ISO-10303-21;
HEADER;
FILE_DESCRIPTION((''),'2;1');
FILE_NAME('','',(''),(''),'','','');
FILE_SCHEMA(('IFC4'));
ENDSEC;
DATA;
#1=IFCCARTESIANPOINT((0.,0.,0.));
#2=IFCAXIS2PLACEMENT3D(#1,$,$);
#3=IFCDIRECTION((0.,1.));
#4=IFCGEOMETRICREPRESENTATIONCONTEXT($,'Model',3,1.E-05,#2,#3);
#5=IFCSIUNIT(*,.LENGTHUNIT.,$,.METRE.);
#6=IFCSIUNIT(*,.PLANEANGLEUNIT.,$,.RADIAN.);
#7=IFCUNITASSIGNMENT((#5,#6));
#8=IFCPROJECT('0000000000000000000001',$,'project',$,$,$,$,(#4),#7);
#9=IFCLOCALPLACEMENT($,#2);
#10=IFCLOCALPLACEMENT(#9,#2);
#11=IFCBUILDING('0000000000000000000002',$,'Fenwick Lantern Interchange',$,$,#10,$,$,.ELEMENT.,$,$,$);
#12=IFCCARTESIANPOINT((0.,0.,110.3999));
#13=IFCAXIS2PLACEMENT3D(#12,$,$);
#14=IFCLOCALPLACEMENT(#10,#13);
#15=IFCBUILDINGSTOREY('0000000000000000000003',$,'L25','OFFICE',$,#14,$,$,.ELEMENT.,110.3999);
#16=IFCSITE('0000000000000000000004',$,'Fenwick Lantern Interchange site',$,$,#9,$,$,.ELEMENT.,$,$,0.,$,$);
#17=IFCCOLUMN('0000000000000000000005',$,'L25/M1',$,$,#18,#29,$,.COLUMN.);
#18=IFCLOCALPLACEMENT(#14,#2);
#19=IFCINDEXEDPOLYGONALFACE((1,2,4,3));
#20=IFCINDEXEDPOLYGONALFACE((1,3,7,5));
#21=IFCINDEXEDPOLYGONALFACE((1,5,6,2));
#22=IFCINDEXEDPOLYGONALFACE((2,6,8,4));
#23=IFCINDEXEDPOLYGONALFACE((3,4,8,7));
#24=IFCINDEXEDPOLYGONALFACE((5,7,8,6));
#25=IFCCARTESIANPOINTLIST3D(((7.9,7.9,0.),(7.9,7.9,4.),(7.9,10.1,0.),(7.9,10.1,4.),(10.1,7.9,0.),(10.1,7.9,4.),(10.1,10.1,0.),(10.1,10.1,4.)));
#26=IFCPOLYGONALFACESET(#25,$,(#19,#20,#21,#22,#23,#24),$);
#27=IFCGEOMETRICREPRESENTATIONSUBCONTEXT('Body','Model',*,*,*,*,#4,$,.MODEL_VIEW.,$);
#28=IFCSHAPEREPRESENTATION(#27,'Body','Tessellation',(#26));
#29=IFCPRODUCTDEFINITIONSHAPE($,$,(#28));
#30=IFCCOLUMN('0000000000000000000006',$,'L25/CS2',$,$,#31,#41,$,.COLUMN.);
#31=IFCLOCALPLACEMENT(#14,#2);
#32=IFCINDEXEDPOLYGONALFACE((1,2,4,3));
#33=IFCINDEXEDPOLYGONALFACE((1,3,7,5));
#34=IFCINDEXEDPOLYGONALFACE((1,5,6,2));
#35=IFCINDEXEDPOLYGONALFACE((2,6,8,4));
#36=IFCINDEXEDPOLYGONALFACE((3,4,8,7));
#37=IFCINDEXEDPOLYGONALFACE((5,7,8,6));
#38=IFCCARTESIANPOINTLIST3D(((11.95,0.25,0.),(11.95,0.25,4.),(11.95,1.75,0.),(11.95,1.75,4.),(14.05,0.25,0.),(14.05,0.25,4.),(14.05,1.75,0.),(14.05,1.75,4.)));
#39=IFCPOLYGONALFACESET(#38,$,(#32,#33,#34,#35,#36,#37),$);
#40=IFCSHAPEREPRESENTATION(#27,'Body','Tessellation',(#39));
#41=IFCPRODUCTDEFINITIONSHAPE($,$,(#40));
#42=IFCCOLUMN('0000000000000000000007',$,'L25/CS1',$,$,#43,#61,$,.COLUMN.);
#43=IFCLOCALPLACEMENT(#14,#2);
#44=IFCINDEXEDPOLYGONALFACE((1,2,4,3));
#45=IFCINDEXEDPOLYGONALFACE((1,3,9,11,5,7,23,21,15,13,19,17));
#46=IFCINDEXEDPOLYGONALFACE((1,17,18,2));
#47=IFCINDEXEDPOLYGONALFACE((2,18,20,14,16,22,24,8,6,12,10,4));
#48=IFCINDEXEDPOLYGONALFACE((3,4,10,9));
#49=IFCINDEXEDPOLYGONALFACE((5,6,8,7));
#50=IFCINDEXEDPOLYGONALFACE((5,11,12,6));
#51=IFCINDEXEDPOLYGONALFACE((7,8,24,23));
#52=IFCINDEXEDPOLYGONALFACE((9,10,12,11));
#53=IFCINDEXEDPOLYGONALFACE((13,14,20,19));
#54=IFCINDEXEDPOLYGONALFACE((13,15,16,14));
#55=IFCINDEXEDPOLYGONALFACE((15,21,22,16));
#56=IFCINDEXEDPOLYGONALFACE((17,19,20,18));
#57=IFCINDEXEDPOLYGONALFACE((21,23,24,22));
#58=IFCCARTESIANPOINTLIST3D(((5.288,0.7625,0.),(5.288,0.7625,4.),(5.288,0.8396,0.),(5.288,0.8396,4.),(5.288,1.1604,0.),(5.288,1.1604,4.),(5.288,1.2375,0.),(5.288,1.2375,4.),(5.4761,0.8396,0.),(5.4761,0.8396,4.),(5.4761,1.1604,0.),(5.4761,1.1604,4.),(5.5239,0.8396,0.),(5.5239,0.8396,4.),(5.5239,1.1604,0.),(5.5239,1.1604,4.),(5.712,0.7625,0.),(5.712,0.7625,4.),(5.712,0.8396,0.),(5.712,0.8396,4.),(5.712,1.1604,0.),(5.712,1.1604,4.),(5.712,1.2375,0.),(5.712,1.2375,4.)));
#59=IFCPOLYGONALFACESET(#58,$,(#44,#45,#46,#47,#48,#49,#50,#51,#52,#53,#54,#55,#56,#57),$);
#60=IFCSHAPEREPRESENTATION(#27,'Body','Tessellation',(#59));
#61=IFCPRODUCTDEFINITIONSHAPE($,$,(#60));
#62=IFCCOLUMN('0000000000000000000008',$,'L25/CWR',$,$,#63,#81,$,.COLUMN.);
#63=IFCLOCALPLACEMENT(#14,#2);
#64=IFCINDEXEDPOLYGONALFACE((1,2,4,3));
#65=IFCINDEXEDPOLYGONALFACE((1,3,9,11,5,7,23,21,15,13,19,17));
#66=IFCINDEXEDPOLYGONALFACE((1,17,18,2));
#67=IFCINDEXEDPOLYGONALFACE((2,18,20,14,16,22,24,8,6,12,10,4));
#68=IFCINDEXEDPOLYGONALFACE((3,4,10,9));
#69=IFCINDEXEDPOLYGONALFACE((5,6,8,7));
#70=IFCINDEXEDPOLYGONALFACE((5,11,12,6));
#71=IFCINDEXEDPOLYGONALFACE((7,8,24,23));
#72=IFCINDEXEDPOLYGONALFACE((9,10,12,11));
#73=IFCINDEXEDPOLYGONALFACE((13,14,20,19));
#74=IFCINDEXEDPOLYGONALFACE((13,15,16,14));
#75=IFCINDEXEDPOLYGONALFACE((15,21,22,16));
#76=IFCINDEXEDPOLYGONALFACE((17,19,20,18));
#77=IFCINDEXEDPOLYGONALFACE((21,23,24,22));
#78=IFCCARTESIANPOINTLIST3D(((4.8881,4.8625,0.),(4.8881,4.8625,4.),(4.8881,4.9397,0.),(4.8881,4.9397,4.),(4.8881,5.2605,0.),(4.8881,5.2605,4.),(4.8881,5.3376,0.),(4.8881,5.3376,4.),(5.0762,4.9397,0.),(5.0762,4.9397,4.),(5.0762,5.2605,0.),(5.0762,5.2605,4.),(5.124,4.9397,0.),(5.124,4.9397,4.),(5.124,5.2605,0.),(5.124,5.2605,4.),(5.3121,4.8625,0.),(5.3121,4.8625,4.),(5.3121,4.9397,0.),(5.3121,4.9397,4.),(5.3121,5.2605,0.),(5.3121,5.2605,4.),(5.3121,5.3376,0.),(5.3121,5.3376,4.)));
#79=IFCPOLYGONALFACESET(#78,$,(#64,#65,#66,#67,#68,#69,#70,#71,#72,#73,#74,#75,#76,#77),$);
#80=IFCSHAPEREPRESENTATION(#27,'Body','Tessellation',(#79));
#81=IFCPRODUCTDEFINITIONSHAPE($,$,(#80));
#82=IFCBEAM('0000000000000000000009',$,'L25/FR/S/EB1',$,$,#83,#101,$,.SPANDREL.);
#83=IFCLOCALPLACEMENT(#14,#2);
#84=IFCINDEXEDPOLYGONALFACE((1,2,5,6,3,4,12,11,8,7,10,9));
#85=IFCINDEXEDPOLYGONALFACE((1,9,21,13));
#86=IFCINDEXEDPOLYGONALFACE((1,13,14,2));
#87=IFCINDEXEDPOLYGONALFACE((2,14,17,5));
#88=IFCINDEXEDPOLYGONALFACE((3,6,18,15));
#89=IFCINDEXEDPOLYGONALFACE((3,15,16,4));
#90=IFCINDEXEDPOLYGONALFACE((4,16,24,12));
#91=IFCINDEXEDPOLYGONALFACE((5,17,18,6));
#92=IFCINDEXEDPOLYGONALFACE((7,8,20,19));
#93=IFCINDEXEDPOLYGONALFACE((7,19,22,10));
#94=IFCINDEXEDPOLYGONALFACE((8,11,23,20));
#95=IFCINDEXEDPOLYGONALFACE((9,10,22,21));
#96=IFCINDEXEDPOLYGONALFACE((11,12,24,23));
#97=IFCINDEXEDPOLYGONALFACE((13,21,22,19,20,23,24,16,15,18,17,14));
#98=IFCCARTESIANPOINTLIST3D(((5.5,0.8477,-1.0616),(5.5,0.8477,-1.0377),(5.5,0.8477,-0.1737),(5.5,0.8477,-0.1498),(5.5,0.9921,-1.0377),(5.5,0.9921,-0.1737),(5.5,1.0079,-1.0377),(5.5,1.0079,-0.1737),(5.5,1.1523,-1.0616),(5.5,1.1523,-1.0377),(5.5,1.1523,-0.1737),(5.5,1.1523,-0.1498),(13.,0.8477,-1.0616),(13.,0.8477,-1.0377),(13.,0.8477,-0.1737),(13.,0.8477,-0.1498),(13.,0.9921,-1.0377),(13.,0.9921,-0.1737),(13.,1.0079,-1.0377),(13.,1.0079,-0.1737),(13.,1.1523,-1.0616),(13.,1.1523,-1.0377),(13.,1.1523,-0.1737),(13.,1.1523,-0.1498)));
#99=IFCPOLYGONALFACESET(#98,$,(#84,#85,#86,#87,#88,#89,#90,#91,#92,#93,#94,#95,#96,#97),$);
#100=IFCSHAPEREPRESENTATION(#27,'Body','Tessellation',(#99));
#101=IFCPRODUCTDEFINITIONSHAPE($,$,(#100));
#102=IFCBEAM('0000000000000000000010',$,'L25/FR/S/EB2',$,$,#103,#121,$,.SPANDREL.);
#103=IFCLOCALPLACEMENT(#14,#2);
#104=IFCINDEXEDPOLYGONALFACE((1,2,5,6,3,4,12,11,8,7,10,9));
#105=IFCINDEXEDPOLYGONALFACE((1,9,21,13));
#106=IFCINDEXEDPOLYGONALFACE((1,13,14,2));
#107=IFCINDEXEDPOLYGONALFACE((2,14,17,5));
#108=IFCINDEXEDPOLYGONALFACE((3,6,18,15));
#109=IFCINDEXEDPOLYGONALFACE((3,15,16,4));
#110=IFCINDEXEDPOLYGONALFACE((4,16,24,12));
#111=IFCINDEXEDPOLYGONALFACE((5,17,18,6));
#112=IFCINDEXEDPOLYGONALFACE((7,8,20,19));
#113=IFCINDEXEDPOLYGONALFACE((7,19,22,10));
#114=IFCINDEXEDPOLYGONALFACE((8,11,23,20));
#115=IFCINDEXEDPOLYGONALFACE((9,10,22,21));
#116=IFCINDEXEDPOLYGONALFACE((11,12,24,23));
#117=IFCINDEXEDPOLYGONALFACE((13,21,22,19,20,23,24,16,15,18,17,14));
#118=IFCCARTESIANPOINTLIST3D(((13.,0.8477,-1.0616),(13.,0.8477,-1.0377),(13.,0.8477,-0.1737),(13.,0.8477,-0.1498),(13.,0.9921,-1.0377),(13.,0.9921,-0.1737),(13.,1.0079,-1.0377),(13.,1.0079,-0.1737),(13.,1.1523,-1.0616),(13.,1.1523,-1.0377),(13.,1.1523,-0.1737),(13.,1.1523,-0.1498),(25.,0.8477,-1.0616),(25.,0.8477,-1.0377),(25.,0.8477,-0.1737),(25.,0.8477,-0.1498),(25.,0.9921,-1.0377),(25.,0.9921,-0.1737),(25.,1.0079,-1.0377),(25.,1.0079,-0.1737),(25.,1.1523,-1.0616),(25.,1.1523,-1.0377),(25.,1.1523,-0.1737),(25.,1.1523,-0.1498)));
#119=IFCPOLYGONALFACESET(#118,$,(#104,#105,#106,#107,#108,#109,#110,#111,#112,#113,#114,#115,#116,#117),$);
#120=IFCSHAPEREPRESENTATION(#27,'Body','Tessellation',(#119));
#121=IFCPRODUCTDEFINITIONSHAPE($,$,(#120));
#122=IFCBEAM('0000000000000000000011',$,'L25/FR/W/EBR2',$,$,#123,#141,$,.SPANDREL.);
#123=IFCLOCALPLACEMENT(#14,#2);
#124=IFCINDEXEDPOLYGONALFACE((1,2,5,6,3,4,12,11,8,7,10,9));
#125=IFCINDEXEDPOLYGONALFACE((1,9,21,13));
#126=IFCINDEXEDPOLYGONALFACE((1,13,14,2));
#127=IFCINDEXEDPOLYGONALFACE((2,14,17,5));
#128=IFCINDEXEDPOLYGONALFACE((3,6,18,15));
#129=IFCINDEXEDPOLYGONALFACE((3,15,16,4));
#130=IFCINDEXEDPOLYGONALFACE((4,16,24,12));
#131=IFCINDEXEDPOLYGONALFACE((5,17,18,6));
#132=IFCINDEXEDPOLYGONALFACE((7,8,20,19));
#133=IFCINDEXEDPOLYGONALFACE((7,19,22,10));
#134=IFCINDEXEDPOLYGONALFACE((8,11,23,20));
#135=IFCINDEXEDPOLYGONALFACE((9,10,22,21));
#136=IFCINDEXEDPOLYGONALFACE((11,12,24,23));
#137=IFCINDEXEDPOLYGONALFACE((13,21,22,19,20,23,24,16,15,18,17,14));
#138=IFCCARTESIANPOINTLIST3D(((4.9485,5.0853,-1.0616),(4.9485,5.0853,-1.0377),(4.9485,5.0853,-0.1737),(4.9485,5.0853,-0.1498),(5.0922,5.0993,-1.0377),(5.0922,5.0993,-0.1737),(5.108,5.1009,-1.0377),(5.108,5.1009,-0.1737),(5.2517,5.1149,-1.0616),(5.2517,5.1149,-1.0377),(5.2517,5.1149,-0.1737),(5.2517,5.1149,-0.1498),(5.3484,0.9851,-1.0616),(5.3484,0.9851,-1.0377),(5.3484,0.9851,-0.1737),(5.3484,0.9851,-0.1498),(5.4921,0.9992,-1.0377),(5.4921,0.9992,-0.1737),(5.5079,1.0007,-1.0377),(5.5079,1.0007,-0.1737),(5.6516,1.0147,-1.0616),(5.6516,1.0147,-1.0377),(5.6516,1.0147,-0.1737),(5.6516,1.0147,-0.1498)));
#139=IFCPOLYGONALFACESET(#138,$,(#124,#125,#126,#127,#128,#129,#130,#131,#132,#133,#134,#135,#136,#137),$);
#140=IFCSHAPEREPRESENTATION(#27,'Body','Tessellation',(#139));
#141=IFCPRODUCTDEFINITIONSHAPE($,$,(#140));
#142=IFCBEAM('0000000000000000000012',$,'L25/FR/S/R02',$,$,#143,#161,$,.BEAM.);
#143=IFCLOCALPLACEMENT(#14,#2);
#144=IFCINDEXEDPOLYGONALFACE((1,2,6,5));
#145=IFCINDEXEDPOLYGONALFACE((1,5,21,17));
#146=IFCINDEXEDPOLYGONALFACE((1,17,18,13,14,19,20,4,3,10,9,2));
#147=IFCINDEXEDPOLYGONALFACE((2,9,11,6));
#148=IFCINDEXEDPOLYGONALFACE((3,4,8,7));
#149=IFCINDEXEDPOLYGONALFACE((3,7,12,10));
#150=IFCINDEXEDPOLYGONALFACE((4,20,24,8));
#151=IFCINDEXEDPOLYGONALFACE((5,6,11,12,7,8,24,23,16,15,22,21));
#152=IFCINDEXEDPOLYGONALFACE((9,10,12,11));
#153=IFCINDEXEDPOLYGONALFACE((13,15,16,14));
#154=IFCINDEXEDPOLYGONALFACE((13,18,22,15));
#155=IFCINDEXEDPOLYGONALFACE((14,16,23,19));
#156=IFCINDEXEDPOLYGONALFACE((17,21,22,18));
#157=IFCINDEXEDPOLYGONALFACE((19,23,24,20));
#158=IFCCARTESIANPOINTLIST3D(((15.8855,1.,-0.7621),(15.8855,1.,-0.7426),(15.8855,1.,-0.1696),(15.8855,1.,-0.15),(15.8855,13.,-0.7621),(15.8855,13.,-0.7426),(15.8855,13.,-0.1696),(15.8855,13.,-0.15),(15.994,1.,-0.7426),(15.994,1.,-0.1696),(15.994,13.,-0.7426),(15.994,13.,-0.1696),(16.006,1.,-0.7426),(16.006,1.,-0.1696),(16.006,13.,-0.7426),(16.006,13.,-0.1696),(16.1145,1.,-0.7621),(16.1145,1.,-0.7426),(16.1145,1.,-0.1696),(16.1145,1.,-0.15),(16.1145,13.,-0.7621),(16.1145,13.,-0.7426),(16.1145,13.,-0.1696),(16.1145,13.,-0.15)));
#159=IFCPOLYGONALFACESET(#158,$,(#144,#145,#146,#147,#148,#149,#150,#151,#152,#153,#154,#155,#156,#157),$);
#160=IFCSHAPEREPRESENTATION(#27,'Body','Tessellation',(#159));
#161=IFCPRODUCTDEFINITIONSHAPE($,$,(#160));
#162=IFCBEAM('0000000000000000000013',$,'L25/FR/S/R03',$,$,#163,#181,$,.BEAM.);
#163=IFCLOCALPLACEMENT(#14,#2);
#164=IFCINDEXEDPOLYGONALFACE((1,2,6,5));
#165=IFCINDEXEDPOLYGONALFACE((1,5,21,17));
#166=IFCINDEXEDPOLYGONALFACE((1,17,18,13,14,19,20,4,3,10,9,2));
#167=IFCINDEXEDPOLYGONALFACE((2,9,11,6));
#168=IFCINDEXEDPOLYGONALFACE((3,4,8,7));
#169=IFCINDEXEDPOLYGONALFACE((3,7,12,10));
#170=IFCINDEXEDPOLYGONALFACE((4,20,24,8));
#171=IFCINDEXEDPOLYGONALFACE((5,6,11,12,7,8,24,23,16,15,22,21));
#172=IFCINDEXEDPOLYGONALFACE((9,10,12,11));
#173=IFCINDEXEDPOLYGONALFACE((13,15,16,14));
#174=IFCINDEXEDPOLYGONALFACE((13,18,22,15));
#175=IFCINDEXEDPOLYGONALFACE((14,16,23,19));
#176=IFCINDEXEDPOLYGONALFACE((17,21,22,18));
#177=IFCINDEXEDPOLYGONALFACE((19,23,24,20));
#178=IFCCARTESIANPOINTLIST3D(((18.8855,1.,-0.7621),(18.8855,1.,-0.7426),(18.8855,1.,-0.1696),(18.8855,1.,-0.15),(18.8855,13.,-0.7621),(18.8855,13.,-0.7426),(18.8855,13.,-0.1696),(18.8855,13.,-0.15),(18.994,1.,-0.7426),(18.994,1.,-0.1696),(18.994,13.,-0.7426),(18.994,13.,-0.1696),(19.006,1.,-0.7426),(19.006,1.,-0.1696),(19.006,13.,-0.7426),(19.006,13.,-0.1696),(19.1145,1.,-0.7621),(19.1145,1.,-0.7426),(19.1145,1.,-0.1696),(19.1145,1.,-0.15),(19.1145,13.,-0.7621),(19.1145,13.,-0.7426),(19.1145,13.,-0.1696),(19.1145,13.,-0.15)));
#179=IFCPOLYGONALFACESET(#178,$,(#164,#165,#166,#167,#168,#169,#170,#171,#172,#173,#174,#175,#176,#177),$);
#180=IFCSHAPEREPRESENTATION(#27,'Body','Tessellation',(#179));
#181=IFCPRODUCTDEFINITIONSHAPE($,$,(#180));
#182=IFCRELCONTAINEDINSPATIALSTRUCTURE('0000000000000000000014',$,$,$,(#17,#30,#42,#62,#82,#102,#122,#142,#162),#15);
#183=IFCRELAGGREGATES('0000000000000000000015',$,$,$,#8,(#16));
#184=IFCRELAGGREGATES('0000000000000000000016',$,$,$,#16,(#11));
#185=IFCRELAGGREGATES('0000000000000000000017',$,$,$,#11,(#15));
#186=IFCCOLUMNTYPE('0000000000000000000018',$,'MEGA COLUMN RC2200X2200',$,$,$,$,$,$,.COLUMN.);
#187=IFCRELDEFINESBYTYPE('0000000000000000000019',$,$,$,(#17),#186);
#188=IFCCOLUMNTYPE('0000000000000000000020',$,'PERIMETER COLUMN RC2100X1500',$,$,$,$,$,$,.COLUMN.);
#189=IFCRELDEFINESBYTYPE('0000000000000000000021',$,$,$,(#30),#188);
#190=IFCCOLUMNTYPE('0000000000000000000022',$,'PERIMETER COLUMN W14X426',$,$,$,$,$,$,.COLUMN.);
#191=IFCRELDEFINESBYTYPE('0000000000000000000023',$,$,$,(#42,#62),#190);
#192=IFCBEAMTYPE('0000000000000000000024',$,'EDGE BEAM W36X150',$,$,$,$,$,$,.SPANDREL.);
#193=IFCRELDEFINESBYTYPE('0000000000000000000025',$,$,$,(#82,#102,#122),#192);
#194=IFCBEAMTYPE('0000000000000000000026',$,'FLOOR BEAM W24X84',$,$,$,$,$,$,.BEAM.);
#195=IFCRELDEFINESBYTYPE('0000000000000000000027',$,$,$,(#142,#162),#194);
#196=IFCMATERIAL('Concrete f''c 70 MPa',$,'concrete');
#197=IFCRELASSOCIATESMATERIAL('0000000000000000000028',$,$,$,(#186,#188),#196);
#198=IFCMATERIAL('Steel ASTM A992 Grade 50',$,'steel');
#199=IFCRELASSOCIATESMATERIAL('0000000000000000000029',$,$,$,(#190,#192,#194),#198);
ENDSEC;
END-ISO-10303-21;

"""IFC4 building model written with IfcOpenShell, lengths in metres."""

from ifc_helpers import new_model, si_unit, direction, frame, origin, origin_2d, place, context, subcontext, project, spatial, rectangle, i_section, extrude, material, material_profile, profile_set, type_object, element, save


model = new_model("IFC4")

# Units and contexts
model_context = context("Model", 3, precision=1e-05, world=origin(), true_north=direction((0.0, 1.0)))
body_context = subcontext(model_context, "Body", "Model", "MODEL_VIEW")
ifc_project = project(units=[si_unit("LENGTHUNIT", "METRE"), si_unit("PLANEANGLEUNIT", "RADIAN")], contexts=[model_context])

# Site, building, storey
site_placement = place(None, origin())
site = spatial("IfcSite", under=ifc_project, at=site_placement, Name="Fenwick Lantern Interchange site", CompositionType="ELEMENT", RefElevation=0.0)
building_placement = place(site_placement, origin())
building = spatial("IfcBuilding", under=site, at=building_placement, Name="Fenwick Lantern Interchange", CompositionType="ELEMENT")
storey_placement = place(building_placement, frame((0.0, 0.0, 110.3999)))
storey = spatial("IfcBuildingStorey", under=building, at=storey_placement, Name="L25", Description="OFFICE", CompositionType="ELEMENT", Elevation=110.3999)

# Columns
ifc_material_1 = material(Name="Concrete f'c 70 MPa", Category="concrete")
ifc_material_profile_1 = material_profile(ifc_material_1, rectangle(XDim=2.2, YDim=2.2, at=origin_2d()), Name="RC2200X2200")
ifc_profile_set_1 = profile_set([ifc_material_profile_1], Name="Concrete f'c 70 MPa")
column_type_1 = type_object("IfcColumnType", Name="MEGA COLUMN RC2200X2200", PredefinedType="COLUMN", material=ifc_profile_set_1)
column_1_placement = place(storey_placement, frame((9.0, 9.0, 0.0), z_axis=(0.0, 0.0, 1.0), x_axis=(1.0, 0.0, 0.0)))
element("IfcColumn", 1, at=column_1_placement, inside=storey, type_object=column_type_1, Name="L25/M1", PredefinedType="COLUMN", context=body_context, shape_type="SweptSolid", body=[
    extrude(rectangle(XDim=2.2, YDim=2.2, at=origin_2d()), origin(), (0.0, 0.0, 1.0), 4.0),
])
ifc_material_profile_2 = material_profile(ifc_material_1, rectangle(XDim=2.1001, YDim=1.5, at=origin_2d()), Name="RC2100X1500")
ifc_profile_set_2 = profile_set([ifc_material_profile_2], Name="Concrete f'c 70 MPa")
column_type_2 = type_object("IfcColumnType", Name="PERIMETER COLUMN RC2100X1500", PredefinedType="COLUMN", material=ifc_profile_set_2)
column_2_placement = place(storey_placement, frame((13.0, 1.0, 0.0), z_axis=(0.0, 0.0, 1.0), x_axis=(1.0, 0.0, 0.0)))
element("IfcColumn", 2, at=column_2_placement, inside=storey, type_object=column_type_2, Name="L25/CS2", PredefinedType="COLUMN", context=body_context, shape_type="SweptSolid", body=[
    extrude(rectangle(XDim=2.1001, YDim=1.5, at=origin_2d()), origin(), (0.0, 0.0, 1.0), 4.0),
])
ifc_material_2 = material(Name="Steel ASTM A992 Grade 50", Category="steel")
ifc_material_profile_3 = material_profile(ifc_material_2, i_section(OverallWidth=0.4241, OverallDepth=0.4751, WebThickness=0.0479, FlangeThickness=0.0771, at=origin_2d()), Name="W14X426")
ifc_profile_set_3 = profile_set([ifc_material_profile_3], Name="Steel ASTM A992 Grade 50")
column_type_3 = type_object("IfcColumnType", Name="PERIMETER COLUMN W14X426", PredefinedType="COLUMN", material=ifc_profile_set_3)
for number, where, z_axis, x_axis, name in (
    (3, (5.5, 1.0, 0.0), (0.0, 0.0, 1.0), (1.0, 0.0, 0.0), "L25/CS1"),
    (4, (5.1001, 5.1001, 0.0), (0.0, 0.0, 1.0), (1.0, 0.0, 0.0), "L25/CWR"),
):
    element("IfcColumn", number, at=place(storey_placement, frame(where, z_axis=z_axis, x_axis=x_axis)), inside=storey, type_object=column_type_3, Name=name, PredefinedType="COLUMN", context=body_context, shape_type="SweptSolid", body=[
        extrude(i_section(OverallWidth=0.4241, OverallDepth=0.4751, WebThickness=0.0479, FlangeThickness=0.0771, at=origin_2d()), origin(), (0.0, 0.0, 1.0), 4.0),
    ])

# Beams
ifc_material_profile_4 = material_profile(ifc_material_2, i_section(OverallWidth=0.3047, OverallDepth=0.9119, WebThickness=0.0159, FlangeThickness=0.0239, at=origin_2d()), Name="W36X150")
ifc_profile_set_4 = profile_set([ifc_material_profile_4], Name="Steel ASTM A992 Grade 50")
beam_type_1 = type_object("IfcBeamType", Name="EDGE BEAM W36X150", PredefinedType="SPANDREL", material=ifc_profile_set_4)
beam_1_placement = place(storey_placement, frame((5.5, 1.0, -0.6057), z_axis=(1.0, 0.0, 0.0), x_axis=(0.0, 1.0, 0.0)))
element("IfcBeam", 5, at=beam_1_placement, inside=storey, type_object=beam_type_1, Name="L25/FR/S/EB1", PredefinedType="SPANDREL", context=body_context, shape_type="SweptSolid", body=[
    extrude(i_section(OverallWidth=0.3047, OverallDepth=0.9119, WebThickness=0.0159, FlangeThickness=0.0239, at=origin_2d()), origin(), (0.0, 0.0, 1.0), 7.5),
])
beam_2_placement = place(storey_placement, frame((13.0, 1.0, -0.6057), z_axis=(1.0, 0.0, 0.0), x_axis=(0.0, 1.0, 0.0)))
element("IfcBeam", 6, at=beam_2_placement, inside=storey, type_object=beam_type_1, Name="L25/FR/S/EB2", PredefinedType="SPANDREL", context=body_context, shape_type="SweptSolid", body=[
    extrude(i_section(OverallWidth=0.3047, OverallDepth=0.9119, WebThickness=0.0159, FlangeThickness=0.0239, at=origin_2d()), origin(), (0.0, 0.0, 1.0), 12.0),
])
beam_3_placement = place(storey_placement, frame((5.1001, 5.1001, -0.6057), z_axis=(0.097074, -0.995277, 0.0), x_axis=(0.995277, 0.097074, 0.0)))
element("IfcBeam", 7, at=beam_3_placement, inside=storey, type_object=beam_type_1, Name="L25/FR/W/EBR2", PredefinedType="SPANDREL", context=body_context, shape_type="SweptSolid", body=[
    extrude(i_section(OverallWidth=0.3047, OverallDepth=0.9119, WebThickness=0.0159, FlangeThickness=0.0239, at=origin_2d()), origin(), (0.0, 0.0, 1.0), 4.1196),
])
ifc_material_profile_5 = material_profile(ifc_material_2, i_section(OverallWidth=0.229, OverallDepth=0.6121, WebThickness=0.012, FlangeThickness=0.0195, at=origin_2d()), Name="W24X84")
ifc_profile_set_5 = profile_set([ifc_material_profile_5], Name="Steel ASTM A992 Grade 50")
beam_type_2 = type_object("IfcBeamType", Name="FLOOR BEAM W24X84", PredefinedType="BEAM", material=ifc_profile_set_5)
for number, where, z_axis, x_axis, name in (
    (8, (16.0, 1.0, -0.4561), (0.0, 1.0, 0.0), (-1.0, 0.0, 0.0), "L25/FR/S/R02"),
    (9, (19.0, 1.0, -0.4561), (0.0, 1.0, 0.0), (-1.0, 0.0, 0.0), "L25/FR/S/R03"),
):
    element("IfcBeam", number, at=place(storey_placement, frame(where, z_axis=z_axis, x_axis=x_axis)), inside=storey, type_object=beam_type_2, Name=name, PredefinedType="BEAM", context=body_context, shape_type="SweptSolid", body=[
        extrude(i_section(OverallWidth=0.229, OverallDepth=0.6121, WebThickness=0.012, FlangeThickness=0.0195, at=origin_2d()), origin(), (0.0, 0.0, 1.0), 12.0),
    ])

save(model, "model.ifc")
